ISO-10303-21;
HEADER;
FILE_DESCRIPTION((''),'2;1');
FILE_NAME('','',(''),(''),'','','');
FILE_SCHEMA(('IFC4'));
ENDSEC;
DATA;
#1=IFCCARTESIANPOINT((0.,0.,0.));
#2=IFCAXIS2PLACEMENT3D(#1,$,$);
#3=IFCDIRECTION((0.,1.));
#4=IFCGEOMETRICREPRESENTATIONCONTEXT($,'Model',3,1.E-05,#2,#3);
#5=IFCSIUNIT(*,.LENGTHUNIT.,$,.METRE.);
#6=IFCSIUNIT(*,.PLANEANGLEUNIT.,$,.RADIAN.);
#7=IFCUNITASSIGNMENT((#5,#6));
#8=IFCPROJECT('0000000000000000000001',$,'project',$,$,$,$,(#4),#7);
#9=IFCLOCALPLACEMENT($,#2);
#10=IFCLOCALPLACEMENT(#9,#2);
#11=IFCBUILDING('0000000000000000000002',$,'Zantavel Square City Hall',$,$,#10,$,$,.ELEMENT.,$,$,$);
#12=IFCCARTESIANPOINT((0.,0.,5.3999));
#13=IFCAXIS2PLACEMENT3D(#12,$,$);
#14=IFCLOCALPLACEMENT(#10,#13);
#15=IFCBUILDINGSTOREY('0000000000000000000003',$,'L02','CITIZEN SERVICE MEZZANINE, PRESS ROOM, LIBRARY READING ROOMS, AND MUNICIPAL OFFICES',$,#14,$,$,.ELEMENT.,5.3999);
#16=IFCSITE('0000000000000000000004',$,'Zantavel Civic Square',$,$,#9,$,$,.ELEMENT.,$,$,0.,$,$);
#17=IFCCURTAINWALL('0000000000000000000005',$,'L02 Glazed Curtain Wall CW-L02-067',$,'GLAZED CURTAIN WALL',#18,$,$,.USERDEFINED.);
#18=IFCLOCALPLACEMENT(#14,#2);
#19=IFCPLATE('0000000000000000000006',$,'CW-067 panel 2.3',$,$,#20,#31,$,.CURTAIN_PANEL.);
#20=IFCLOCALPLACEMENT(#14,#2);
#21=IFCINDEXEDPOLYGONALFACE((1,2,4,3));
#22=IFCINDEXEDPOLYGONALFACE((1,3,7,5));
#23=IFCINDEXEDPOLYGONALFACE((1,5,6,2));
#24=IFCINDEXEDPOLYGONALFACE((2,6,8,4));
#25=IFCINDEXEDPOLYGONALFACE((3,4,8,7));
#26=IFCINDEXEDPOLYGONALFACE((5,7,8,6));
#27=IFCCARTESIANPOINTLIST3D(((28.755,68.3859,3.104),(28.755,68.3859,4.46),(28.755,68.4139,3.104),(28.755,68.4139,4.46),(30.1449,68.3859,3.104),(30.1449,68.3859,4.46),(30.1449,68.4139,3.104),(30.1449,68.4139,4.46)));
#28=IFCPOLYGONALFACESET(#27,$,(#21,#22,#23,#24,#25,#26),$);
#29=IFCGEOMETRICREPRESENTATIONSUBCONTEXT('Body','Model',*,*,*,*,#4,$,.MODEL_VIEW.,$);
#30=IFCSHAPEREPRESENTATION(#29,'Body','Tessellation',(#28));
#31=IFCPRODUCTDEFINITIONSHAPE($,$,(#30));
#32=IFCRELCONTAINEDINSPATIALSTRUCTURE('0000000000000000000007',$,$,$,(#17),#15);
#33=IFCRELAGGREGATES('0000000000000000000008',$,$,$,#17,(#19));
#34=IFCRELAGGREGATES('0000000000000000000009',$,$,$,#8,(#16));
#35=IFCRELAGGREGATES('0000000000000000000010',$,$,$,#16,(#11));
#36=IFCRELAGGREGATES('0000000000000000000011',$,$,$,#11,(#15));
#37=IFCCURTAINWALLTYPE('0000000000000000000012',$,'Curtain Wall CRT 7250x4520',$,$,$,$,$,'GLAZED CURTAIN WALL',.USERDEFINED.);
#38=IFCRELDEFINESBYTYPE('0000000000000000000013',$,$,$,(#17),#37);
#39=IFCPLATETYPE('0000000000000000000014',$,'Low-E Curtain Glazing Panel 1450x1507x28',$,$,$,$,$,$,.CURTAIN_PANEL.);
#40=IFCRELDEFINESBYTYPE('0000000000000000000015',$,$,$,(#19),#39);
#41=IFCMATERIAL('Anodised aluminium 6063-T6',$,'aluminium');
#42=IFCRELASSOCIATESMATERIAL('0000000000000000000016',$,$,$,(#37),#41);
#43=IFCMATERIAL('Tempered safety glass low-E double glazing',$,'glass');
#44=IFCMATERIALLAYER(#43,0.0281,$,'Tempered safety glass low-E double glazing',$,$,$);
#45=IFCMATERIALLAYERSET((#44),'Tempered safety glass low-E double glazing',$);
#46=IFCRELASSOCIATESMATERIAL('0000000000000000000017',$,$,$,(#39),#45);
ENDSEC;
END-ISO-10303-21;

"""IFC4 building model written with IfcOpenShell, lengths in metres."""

from ifc_helpers import new_model, si_unit, direction, frame, origin, origin_2d, place, context, subcontext, project, spatial, rectangle, extrude, material, layer, layer_set, type_object, element, aggregate, save


model = new_model("IFC4")

# Units and contexts
model_context = context("Model", 3, precision=1e-05, world=origin(), true_north=direction((0.0, 1.0)))
body_context = subcontext(model_context, "Body", "Model", "MODEL_VIEW")
ifc_project = project(units=[si_unit("LENGTHUNIT", "METRE"), si_unit("PLANEANGLEUNIT", "RADIAN")], contexts=[model_context])

# Site, building, storey
site_placement = place(None, origin())
site = spatial("IfcSite", under=ifc_project, at=site_placement, Name="Zantavel Civic Square", CompositionType="ELEMENT", RefElevation=0.0)
building_placement = place(site_placement, origin())
building = spatial("IfcBuilding", under=site, at=building_placement, Name="Zantavel Square City Hall", CompositionType="ELEMENT")
storey_placement = place(building_placement, frame((0.0, 0.0, 5.3999)))
storey = spatial("IfcBuildingStorey", under=building, at=storey_placement, Name="L02", Description="CITIZEN SERVICE MEZZANINE, PRESS ROOM, LIBRARY READING ROOMS, AND MUNICIPAL OFFICES", CompositionType="ELEMENT", Elevation=5.3999)

# Curtain wall
ifc_material_1 = material(Name="Anodised aluminium 6063-T6", Category="aluminium")
curtain_wall_type = type_object("IfcCurtainWallType", Name="Curtain Wall CRT 7250x4520", ElementType="GLAZED CURTAIN WALL", PredefinedType="USERDEFINED", material=ifc_material_1)
curtain_wall_1_placement = place(storey_placement, origin())
curtain_wall_1 = element("IfcCurtainWall", 1, at=curtain_wall_1_placement, inside=storey, type_object=curtain_wall_type, Name="L02 Glazed Curtain Wall CW-L02-067", ObjectType="GLAZED CURTAIN WALL", PredefinedType="USERDEFINED")

# Plate
ifc_material_2 = material(Name="Tempered safety glass low-E double glazing", Category="glass")
ifc_layer = layer(ifc_material_2, 0.0281, Name="Tempered safety glass low-E double glazing")
ifc_layer_set = layer_set([ifc_layer], Name="Tempered safety glass low-E double glazing")
plate_type = type_object("IfcPlateType", Name="Low-E Curtain Glazing Panel 1450x1507x28", PredefinedType="CURTAIN_PANEL", material=ifc_layer_set)
plate_1_placement = place(storey_placement, frame((29.45, 68.3999, 3.104), z_axis=(0.0, 0.0, 1.0), x_axis=(-1.0, 0.0, 0.0)))
plate_1 = element("IfcPlate", 2, at=plate_1_placement, type_object=plate_type, Name="CW-067 panel 2.3", PredefinedType="CURTAIN_PANEL", context=body_context, shape_type="SweptSolid", body=[
    extrude(rectangle(XDim=1.3899, YDim=0.0281, at=origin_2d()), origin(), (0.0, 0.0, 1.0), 1.356),
])
aggregate(curtain_wall_1, [plate_1])

save(model, "model.ifc")
